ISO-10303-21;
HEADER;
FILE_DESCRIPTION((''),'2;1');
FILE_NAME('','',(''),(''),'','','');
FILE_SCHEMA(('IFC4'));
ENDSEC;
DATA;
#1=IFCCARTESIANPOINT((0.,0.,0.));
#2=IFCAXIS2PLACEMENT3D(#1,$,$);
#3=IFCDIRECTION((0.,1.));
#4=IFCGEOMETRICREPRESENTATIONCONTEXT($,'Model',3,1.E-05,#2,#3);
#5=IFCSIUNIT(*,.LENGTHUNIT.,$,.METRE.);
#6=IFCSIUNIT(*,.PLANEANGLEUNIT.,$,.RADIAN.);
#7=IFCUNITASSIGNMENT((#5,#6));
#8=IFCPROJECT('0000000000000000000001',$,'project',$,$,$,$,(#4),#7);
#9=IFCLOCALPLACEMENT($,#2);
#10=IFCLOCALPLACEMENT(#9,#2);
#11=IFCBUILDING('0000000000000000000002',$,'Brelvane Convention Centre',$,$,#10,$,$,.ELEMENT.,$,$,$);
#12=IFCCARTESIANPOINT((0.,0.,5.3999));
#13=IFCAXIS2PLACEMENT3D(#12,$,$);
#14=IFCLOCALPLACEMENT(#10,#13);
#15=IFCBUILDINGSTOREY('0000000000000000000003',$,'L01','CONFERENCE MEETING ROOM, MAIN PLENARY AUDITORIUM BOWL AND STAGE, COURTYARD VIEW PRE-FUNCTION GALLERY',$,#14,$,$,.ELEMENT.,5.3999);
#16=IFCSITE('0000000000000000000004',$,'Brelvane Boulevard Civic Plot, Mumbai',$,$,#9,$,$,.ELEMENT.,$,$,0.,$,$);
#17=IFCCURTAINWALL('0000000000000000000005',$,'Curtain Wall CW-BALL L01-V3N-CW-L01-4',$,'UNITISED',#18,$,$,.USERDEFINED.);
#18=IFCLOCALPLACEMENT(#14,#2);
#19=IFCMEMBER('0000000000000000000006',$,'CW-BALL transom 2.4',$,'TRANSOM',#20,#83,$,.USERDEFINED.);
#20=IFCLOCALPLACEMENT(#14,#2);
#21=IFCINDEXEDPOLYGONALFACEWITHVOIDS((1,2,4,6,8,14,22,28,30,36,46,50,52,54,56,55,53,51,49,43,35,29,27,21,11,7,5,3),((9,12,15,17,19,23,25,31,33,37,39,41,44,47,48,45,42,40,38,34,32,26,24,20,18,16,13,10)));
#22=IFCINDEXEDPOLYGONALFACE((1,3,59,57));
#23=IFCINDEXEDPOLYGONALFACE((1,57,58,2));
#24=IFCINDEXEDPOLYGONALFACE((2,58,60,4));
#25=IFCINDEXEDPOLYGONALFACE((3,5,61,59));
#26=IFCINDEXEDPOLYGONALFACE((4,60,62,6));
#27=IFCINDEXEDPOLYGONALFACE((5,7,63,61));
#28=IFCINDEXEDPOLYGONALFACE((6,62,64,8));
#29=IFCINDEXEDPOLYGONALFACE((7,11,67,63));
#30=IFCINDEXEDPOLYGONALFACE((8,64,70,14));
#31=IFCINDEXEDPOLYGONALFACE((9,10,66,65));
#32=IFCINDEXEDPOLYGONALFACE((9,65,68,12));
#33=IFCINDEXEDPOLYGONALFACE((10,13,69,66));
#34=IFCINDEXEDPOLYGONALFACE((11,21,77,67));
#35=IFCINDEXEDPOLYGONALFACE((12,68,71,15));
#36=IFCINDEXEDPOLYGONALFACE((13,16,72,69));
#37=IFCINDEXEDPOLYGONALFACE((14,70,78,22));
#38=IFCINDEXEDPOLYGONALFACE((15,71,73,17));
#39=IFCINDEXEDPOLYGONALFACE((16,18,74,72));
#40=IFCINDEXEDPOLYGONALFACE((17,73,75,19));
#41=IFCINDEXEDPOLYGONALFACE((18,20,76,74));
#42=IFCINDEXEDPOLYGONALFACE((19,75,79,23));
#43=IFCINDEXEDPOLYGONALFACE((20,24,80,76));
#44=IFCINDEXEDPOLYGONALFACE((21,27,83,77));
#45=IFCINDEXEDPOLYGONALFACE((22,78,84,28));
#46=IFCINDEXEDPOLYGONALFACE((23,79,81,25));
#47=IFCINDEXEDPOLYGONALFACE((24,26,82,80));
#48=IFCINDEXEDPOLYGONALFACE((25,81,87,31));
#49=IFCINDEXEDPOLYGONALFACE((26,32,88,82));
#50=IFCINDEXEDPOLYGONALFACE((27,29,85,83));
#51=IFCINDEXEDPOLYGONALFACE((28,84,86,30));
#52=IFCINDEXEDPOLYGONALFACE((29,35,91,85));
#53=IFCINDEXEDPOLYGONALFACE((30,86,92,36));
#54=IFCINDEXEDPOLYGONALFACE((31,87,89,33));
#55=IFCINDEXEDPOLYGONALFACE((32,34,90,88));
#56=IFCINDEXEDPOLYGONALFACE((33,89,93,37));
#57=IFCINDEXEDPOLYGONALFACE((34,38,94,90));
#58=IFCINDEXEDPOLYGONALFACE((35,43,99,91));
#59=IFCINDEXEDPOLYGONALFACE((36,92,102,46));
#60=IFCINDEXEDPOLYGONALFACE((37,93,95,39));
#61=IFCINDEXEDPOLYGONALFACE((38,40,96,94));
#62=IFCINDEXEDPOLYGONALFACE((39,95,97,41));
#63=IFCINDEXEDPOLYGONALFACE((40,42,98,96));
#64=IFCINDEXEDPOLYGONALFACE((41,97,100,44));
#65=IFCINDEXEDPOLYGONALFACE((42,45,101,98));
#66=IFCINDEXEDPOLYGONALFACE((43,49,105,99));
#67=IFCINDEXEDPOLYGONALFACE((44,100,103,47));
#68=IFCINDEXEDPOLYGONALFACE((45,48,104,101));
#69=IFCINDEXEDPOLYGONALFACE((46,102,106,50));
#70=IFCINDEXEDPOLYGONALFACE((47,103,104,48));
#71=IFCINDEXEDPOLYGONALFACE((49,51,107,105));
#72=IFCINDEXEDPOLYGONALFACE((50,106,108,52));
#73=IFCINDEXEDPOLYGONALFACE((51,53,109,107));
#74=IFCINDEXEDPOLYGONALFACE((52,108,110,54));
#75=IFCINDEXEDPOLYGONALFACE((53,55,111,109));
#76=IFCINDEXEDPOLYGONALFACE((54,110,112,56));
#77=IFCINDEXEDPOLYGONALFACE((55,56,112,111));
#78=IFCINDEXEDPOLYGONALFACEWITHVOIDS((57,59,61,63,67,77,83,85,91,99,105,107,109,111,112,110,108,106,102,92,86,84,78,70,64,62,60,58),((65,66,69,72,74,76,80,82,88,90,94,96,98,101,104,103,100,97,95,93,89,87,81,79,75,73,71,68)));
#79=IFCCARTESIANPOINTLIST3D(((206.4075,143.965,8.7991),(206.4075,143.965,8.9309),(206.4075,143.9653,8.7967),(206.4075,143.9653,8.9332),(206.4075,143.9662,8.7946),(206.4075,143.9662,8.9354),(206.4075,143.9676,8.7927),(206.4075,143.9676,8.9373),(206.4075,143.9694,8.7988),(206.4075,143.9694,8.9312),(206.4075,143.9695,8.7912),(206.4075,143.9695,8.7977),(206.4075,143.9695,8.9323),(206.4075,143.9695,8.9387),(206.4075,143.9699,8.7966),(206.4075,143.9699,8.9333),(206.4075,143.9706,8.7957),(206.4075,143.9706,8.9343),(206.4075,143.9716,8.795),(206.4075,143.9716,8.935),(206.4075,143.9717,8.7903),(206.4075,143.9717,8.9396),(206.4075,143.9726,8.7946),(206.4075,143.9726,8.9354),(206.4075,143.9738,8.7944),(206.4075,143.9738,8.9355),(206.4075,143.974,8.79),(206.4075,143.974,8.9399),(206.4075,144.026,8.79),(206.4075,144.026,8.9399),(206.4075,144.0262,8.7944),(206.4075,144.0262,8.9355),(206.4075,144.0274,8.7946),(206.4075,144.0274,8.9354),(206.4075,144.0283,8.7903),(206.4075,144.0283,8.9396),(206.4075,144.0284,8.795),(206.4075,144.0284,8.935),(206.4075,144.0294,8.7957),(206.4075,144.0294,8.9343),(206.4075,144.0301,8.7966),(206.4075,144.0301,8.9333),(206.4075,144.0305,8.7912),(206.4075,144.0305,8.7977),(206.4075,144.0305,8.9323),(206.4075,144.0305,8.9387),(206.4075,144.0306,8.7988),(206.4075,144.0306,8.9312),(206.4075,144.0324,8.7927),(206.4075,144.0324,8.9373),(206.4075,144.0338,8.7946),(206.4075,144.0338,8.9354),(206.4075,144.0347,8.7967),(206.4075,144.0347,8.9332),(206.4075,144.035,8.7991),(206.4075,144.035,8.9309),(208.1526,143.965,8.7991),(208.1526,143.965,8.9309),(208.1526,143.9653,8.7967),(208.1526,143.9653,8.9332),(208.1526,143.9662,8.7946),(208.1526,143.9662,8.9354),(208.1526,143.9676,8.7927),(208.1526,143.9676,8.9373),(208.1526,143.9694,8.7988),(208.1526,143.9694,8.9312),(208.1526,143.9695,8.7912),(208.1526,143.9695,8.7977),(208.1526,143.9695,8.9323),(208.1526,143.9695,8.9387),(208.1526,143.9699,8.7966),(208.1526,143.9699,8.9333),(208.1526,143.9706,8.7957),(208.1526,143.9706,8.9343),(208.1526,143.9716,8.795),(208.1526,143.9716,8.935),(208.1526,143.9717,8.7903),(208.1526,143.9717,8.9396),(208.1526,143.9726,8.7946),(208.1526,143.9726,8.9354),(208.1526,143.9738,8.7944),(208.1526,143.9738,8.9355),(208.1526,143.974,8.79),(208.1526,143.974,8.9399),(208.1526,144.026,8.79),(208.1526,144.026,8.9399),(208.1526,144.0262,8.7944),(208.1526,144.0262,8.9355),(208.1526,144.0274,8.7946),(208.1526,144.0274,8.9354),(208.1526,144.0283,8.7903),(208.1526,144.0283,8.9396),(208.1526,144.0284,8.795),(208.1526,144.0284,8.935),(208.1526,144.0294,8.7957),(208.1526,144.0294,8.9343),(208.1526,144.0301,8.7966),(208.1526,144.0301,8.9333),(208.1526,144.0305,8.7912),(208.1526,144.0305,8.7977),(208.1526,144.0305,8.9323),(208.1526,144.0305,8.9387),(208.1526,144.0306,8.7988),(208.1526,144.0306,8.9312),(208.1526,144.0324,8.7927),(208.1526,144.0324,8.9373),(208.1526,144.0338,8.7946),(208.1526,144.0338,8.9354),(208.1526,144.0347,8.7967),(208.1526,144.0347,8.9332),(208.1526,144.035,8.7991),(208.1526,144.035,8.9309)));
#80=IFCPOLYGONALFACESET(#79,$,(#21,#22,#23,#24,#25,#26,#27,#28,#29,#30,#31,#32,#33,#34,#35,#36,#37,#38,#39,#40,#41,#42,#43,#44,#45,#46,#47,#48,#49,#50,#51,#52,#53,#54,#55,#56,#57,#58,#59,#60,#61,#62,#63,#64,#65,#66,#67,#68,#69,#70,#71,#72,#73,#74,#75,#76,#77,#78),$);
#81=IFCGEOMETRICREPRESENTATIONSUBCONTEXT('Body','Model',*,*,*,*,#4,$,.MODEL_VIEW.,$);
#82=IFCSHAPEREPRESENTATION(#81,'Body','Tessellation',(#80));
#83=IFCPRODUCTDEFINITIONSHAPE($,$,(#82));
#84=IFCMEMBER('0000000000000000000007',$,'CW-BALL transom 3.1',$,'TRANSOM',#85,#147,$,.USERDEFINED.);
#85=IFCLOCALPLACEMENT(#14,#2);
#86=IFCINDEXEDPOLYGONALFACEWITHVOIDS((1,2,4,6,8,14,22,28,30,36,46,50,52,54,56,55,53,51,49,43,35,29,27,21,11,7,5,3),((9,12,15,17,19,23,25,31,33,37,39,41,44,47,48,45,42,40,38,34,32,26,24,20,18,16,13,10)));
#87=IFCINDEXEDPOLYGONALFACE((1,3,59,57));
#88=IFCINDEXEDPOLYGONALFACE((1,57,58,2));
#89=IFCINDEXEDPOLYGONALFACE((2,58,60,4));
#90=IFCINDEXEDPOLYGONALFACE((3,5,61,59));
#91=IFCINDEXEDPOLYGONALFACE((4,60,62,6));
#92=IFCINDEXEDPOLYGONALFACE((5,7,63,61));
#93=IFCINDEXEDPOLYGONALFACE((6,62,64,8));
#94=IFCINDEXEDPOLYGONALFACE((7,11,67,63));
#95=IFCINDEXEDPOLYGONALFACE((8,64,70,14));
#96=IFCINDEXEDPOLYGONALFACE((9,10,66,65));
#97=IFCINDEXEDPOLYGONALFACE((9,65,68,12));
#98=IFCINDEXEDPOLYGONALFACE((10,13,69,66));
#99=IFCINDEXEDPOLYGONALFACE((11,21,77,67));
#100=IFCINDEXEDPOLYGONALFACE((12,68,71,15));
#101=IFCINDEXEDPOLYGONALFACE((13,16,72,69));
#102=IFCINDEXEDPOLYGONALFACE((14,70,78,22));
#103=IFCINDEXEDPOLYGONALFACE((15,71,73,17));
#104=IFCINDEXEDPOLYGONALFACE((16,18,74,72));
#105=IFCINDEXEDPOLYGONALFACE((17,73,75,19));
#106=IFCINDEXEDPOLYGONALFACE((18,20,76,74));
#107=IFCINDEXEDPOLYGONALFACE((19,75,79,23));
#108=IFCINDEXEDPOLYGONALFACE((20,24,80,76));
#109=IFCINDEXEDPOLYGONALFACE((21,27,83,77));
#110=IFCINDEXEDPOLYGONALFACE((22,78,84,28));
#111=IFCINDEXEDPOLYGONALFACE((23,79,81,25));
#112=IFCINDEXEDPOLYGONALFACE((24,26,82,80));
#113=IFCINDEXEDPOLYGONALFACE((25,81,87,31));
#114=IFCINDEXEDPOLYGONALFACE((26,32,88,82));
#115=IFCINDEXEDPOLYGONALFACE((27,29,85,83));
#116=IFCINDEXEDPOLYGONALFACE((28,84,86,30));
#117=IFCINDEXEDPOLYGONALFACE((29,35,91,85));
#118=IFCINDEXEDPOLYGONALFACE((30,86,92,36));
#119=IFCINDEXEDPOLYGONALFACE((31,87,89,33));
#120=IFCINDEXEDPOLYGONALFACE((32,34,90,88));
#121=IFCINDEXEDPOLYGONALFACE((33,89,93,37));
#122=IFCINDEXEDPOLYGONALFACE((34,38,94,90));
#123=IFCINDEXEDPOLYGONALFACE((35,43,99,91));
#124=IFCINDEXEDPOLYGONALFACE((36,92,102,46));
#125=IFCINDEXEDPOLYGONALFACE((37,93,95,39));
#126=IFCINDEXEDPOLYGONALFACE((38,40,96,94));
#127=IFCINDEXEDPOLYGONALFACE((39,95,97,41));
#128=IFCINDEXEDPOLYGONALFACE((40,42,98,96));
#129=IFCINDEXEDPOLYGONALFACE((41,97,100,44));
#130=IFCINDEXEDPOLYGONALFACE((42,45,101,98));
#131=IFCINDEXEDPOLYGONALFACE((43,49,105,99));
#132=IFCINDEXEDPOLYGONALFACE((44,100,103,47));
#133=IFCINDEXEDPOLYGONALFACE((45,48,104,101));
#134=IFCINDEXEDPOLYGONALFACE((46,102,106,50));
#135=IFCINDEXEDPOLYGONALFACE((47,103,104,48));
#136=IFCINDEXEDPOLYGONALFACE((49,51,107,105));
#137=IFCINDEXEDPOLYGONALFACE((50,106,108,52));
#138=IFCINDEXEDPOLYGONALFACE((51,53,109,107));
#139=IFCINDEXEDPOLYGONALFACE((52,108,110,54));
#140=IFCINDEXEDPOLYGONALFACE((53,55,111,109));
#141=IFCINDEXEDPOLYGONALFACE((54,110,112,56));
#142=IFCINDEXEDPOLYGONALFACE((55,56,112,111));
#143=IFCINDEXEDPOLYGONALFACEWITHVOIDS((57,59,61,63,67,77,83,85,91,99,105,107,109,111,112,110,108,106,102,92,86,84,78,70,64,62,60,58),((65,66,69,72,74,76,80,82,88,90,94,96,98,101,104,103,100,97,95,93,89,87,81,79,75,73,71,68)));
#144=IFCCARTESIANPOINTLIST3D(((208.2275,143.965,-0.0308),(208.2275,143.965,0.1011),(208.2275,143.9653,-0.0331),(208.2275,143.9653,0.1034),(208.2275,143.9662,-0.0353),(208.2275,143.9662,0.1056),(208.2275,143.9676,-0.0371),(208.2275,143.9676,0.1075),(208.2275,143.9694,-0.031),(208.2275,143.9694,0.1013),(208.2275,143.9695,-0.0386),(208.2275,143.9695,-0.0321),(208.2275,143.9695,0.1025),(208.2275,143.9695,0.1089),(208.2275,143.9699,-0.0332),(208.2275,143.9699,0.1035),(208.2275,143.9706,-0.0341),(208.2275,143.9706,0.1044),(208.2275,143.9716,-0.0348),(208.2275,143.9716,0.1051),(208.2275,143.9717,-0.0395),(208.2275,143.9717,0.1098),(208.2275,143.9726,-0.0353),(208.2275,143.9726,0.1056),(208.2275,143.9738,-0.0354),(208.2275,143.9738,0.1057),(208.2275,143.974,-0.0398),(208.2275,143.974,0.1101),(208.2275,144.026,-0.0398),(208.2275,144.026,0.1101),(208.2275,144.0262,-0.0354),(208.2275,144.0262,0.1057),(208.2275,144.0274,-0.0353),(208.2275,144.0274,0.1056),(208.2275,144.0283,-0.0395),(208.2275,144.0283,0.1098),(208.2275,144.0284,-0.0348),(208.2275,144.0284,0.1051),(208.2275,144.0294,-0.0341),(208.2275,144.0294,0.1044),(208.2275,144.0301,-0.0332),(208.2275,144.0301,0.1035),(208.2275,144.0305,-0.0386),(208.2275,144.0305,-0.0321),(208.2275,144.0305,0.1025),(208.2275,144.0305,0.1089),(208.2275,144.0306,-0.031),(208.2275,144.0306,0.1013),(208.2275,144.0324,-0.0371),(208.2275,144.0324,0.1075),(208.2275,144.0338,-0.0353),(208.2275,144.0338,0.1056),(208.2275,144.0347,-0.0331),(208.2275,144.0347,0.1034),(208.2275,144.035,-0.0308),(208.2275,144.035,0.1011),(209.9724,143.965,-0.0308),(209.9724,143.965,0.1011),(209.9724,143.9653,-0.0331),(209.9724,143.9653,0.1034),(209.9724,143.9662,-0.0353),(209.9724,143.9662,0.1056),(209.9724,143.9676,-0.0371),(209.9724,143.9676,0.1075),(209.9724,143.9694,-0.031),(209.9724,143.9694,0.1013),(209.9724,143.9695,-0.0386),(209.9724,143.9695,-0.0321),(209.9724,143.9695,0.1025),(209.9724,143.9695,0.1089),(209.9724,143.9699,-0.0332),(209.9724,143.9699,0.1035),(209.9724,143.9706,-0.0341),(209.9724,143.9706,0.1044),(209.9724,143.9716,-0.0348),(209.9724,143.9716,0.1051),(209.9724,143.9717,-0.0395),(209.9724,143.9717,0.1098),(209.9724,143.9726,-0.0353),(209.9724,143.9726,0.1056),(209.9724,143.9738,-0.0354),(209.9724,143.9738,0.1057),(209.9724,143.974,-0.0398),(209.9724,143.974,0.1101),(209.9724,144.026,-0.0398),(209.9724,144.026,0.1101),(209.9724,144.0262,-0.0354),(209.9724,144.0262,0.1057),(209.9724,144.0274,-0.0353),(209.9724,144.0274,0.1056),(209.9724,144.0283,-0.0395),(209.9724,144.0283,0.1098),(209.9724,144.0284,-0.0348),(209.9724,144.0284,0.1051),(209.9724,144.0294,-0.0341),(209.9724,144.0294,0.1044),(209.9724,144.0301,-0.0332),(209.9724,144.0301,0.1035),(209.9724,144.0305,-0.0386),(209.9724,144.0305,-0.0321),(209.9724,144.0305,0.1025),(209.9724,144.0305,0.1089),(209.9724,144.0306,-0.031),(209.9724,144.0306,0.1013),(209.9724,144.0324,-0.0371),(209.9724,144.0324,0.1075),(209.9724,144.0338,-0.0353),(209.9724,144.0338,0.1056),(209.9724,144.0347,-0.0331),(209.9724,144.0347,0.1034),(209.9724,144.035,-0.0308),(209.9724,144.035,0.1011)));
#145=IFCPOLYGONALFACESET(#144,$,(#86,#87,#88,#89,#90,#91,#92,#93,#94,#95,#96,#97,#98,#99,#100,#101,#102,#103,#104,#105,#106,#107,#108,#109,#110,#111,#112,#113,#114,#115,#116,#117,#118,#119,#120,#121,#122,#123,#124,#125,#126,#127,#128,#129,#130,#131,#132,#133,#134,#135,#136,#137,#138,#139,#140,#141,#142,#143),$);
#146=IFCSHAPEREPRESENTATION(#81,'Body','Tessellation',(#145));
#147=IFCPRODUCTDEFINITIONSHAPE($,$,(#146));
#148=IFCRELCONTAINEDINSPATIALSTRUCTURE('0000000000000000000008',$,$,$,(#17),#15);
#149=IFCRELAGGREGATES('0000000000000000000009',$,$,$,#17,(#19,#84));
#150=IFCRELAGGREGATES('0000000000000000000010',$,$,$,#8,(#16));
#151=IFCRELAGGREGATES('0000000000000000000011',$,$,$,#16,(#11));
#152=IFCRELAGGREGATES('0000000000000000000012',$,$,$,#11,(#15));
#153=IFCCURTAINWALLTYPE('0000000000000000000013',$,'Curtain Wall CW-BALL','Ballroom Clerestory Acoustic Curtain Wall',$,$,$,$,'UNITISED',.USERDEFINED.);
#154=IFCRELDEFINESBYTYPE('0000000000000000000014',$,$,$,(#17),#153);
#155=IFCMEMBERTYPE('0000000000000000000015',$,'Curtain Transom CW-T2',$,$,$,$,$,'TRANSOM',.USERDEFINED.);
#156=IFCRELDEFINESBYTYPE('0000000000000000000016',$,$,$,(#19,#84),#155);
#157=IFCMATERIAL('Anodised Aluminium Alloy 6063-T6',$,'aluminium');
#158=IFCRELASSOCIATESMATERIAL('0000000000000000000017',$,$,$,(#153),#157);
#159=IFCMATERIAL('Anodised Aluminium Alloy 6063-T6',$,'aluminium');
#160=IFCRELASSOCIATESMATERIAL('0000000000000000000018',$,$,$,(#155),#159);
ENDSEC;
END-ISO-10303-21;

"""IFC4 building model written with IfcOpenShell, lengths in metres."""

from ifc_helpers import new_model, si_unit, direction, frame, origin, origin_2d, place, context, subcontext, project, spatial, hollow_rectangle, extrude, material, material_profile, profile_set, type_object, element, aggregate, save


model = new_model("IFC4")

# Units and contexts
model_context = context("Model", 3, precision=1e-05, world=origin(), true_north=direction((0.0, 1.0)))
body_context = subcontext(model_context, "Body", "Model", "MODEL_VIEW")
ifc_project = project(units=[si_unit("LENGTHUNIT", "METRE"), si_unit("PLANEANGLEUNIT", "RADIAN")], contexts=[model_context])

# Site, building, storey
site_placement = place(None, origin())
site = spatial("IfcSite", under=ifc_project, at=site_placement, Name="Brelvane Boulevard Civic Plot, Mumbai", CompositionType="ELEMENT", RefElevation=0.0)
building_placement = place(site_placement, origin())
building = spatial("IfcBuilding", under=site, at=building_placement, Name="Brelvane Convention Centre", CompositionType="ELEMENT")
storey_placement = place(building_placement, frame((0.0, 0.0, 5.3999)))
storey = spatial("IfcBuildingStorey", under=building, at=storey_placement, Name="L01", Description="CONFERENCE MEETING ROOM, MAIN PLENARY AUDITORIUM BOWL AND STAGE, COURTYARD VIEW PRE-FUNCTION GALLERY", CompositionType="ELEMENT", Elevation=5.3999)

# Curtain wall
ifc_material_1 = material(Name="Anodised Aluminium Alloy 6063-T6", Category="aluminium")
curtain_wall_type = type_object("IfcCurtainWallType", Name="Curtain Wall CW-BALL", Description="Ballroom Clerestory Acoustic Curtain Wall", ElementType="UNITISED", PredefinedType="USERDEFINED", material=ifc_material_1)
curtain_wall_1_placement = place(storey_placement, origin())
curtain_wall_1 = element("IfcCurtainWall", 1, at=curtain_wall_1_placement, inside=storey, type_object=curtain_wall_type, Name="Curtain Wall CW-BALL L01-V3N-CW-L01-4", ObjectType="UNITISED", PredefinedType="USERDEFINED")

# Members
ifc_material_2 = material(Name="Anodised Aluminium Alloy 6063-T6", Category="aluminium")
ifc_material_profile_1 = material_profile(ifc_material_2, hollow_rectangle(XDim=0.0701, YDim=0.1499, WallThickness=0.0044, InnerFilletRadius=0.0044, OuterFilletRadius=0.009, at=origin_2d()), Name="ALU-T 150x70x4.5")
ifc_profile_set_1 = profile_set([ifc_material_profile_1], Name="Anodised Aluminium Alloy 6063-T6")
member_type_1 = type_object("IfcMemberType", Name="Curtain Transom CW-T2", ElementType="TRANSOM", PredefinedType="USERDEFINED", material=ifc_profile_set_1)
member_1_placement = place(storey_placement, frame((206.4075, 144.0, 8.865), z_axis=(1.0, 0.0, 0.0), x_axis=(0.0, 1.0, 0.0)))
member_1 = element("IfcMember", 2, at=member_1_placement, type_object=member_type_1, Name="CW-BALL transom 2.4", ObjectType="TRANSOM", PredefinedType="USERDEFINED", context=body_context, shape_type="SweptSolid", body=[
    extrude(hollow_rectangle(XDim=0.0701, YDim=0.1499, WallThickness=0.0044, InnerFilletRadius=0.0044, OuterFilletRadius=0.009, at=origin_2d()), origin(), (0.0, 0.0, 1.0), 1.7451),
])
member_2_placement = place(storey_placement, frame((208.2275, 144.0, 0.0352), z_axis=(1.0, 0.0, 0.0), x_axis=(0.0, 1.0, 0.0)))
member_2 = element("IfcMember", 3, at=member_2_placement, type_object=member_type_1, Name="CW-BALL transom 3.1", ObjectType="TRANSOM", PredefinedType="USERDEFINED", context=body_context, shape_type="SweptSolid", body=[
    extrude(hollow_rectangle(XDim=0.0701, YDim=0.1499, WallThickness=0.0044, InnerFilletRadius=0.0044, OuterFilletRadius=0.009, at=origin_2d()), origin(), (0.0, 0.0, 1.0), 1.7449),
])

aggregate(curtain_wall_1, [member_1, member_2])

save(model, "model.ifc")
